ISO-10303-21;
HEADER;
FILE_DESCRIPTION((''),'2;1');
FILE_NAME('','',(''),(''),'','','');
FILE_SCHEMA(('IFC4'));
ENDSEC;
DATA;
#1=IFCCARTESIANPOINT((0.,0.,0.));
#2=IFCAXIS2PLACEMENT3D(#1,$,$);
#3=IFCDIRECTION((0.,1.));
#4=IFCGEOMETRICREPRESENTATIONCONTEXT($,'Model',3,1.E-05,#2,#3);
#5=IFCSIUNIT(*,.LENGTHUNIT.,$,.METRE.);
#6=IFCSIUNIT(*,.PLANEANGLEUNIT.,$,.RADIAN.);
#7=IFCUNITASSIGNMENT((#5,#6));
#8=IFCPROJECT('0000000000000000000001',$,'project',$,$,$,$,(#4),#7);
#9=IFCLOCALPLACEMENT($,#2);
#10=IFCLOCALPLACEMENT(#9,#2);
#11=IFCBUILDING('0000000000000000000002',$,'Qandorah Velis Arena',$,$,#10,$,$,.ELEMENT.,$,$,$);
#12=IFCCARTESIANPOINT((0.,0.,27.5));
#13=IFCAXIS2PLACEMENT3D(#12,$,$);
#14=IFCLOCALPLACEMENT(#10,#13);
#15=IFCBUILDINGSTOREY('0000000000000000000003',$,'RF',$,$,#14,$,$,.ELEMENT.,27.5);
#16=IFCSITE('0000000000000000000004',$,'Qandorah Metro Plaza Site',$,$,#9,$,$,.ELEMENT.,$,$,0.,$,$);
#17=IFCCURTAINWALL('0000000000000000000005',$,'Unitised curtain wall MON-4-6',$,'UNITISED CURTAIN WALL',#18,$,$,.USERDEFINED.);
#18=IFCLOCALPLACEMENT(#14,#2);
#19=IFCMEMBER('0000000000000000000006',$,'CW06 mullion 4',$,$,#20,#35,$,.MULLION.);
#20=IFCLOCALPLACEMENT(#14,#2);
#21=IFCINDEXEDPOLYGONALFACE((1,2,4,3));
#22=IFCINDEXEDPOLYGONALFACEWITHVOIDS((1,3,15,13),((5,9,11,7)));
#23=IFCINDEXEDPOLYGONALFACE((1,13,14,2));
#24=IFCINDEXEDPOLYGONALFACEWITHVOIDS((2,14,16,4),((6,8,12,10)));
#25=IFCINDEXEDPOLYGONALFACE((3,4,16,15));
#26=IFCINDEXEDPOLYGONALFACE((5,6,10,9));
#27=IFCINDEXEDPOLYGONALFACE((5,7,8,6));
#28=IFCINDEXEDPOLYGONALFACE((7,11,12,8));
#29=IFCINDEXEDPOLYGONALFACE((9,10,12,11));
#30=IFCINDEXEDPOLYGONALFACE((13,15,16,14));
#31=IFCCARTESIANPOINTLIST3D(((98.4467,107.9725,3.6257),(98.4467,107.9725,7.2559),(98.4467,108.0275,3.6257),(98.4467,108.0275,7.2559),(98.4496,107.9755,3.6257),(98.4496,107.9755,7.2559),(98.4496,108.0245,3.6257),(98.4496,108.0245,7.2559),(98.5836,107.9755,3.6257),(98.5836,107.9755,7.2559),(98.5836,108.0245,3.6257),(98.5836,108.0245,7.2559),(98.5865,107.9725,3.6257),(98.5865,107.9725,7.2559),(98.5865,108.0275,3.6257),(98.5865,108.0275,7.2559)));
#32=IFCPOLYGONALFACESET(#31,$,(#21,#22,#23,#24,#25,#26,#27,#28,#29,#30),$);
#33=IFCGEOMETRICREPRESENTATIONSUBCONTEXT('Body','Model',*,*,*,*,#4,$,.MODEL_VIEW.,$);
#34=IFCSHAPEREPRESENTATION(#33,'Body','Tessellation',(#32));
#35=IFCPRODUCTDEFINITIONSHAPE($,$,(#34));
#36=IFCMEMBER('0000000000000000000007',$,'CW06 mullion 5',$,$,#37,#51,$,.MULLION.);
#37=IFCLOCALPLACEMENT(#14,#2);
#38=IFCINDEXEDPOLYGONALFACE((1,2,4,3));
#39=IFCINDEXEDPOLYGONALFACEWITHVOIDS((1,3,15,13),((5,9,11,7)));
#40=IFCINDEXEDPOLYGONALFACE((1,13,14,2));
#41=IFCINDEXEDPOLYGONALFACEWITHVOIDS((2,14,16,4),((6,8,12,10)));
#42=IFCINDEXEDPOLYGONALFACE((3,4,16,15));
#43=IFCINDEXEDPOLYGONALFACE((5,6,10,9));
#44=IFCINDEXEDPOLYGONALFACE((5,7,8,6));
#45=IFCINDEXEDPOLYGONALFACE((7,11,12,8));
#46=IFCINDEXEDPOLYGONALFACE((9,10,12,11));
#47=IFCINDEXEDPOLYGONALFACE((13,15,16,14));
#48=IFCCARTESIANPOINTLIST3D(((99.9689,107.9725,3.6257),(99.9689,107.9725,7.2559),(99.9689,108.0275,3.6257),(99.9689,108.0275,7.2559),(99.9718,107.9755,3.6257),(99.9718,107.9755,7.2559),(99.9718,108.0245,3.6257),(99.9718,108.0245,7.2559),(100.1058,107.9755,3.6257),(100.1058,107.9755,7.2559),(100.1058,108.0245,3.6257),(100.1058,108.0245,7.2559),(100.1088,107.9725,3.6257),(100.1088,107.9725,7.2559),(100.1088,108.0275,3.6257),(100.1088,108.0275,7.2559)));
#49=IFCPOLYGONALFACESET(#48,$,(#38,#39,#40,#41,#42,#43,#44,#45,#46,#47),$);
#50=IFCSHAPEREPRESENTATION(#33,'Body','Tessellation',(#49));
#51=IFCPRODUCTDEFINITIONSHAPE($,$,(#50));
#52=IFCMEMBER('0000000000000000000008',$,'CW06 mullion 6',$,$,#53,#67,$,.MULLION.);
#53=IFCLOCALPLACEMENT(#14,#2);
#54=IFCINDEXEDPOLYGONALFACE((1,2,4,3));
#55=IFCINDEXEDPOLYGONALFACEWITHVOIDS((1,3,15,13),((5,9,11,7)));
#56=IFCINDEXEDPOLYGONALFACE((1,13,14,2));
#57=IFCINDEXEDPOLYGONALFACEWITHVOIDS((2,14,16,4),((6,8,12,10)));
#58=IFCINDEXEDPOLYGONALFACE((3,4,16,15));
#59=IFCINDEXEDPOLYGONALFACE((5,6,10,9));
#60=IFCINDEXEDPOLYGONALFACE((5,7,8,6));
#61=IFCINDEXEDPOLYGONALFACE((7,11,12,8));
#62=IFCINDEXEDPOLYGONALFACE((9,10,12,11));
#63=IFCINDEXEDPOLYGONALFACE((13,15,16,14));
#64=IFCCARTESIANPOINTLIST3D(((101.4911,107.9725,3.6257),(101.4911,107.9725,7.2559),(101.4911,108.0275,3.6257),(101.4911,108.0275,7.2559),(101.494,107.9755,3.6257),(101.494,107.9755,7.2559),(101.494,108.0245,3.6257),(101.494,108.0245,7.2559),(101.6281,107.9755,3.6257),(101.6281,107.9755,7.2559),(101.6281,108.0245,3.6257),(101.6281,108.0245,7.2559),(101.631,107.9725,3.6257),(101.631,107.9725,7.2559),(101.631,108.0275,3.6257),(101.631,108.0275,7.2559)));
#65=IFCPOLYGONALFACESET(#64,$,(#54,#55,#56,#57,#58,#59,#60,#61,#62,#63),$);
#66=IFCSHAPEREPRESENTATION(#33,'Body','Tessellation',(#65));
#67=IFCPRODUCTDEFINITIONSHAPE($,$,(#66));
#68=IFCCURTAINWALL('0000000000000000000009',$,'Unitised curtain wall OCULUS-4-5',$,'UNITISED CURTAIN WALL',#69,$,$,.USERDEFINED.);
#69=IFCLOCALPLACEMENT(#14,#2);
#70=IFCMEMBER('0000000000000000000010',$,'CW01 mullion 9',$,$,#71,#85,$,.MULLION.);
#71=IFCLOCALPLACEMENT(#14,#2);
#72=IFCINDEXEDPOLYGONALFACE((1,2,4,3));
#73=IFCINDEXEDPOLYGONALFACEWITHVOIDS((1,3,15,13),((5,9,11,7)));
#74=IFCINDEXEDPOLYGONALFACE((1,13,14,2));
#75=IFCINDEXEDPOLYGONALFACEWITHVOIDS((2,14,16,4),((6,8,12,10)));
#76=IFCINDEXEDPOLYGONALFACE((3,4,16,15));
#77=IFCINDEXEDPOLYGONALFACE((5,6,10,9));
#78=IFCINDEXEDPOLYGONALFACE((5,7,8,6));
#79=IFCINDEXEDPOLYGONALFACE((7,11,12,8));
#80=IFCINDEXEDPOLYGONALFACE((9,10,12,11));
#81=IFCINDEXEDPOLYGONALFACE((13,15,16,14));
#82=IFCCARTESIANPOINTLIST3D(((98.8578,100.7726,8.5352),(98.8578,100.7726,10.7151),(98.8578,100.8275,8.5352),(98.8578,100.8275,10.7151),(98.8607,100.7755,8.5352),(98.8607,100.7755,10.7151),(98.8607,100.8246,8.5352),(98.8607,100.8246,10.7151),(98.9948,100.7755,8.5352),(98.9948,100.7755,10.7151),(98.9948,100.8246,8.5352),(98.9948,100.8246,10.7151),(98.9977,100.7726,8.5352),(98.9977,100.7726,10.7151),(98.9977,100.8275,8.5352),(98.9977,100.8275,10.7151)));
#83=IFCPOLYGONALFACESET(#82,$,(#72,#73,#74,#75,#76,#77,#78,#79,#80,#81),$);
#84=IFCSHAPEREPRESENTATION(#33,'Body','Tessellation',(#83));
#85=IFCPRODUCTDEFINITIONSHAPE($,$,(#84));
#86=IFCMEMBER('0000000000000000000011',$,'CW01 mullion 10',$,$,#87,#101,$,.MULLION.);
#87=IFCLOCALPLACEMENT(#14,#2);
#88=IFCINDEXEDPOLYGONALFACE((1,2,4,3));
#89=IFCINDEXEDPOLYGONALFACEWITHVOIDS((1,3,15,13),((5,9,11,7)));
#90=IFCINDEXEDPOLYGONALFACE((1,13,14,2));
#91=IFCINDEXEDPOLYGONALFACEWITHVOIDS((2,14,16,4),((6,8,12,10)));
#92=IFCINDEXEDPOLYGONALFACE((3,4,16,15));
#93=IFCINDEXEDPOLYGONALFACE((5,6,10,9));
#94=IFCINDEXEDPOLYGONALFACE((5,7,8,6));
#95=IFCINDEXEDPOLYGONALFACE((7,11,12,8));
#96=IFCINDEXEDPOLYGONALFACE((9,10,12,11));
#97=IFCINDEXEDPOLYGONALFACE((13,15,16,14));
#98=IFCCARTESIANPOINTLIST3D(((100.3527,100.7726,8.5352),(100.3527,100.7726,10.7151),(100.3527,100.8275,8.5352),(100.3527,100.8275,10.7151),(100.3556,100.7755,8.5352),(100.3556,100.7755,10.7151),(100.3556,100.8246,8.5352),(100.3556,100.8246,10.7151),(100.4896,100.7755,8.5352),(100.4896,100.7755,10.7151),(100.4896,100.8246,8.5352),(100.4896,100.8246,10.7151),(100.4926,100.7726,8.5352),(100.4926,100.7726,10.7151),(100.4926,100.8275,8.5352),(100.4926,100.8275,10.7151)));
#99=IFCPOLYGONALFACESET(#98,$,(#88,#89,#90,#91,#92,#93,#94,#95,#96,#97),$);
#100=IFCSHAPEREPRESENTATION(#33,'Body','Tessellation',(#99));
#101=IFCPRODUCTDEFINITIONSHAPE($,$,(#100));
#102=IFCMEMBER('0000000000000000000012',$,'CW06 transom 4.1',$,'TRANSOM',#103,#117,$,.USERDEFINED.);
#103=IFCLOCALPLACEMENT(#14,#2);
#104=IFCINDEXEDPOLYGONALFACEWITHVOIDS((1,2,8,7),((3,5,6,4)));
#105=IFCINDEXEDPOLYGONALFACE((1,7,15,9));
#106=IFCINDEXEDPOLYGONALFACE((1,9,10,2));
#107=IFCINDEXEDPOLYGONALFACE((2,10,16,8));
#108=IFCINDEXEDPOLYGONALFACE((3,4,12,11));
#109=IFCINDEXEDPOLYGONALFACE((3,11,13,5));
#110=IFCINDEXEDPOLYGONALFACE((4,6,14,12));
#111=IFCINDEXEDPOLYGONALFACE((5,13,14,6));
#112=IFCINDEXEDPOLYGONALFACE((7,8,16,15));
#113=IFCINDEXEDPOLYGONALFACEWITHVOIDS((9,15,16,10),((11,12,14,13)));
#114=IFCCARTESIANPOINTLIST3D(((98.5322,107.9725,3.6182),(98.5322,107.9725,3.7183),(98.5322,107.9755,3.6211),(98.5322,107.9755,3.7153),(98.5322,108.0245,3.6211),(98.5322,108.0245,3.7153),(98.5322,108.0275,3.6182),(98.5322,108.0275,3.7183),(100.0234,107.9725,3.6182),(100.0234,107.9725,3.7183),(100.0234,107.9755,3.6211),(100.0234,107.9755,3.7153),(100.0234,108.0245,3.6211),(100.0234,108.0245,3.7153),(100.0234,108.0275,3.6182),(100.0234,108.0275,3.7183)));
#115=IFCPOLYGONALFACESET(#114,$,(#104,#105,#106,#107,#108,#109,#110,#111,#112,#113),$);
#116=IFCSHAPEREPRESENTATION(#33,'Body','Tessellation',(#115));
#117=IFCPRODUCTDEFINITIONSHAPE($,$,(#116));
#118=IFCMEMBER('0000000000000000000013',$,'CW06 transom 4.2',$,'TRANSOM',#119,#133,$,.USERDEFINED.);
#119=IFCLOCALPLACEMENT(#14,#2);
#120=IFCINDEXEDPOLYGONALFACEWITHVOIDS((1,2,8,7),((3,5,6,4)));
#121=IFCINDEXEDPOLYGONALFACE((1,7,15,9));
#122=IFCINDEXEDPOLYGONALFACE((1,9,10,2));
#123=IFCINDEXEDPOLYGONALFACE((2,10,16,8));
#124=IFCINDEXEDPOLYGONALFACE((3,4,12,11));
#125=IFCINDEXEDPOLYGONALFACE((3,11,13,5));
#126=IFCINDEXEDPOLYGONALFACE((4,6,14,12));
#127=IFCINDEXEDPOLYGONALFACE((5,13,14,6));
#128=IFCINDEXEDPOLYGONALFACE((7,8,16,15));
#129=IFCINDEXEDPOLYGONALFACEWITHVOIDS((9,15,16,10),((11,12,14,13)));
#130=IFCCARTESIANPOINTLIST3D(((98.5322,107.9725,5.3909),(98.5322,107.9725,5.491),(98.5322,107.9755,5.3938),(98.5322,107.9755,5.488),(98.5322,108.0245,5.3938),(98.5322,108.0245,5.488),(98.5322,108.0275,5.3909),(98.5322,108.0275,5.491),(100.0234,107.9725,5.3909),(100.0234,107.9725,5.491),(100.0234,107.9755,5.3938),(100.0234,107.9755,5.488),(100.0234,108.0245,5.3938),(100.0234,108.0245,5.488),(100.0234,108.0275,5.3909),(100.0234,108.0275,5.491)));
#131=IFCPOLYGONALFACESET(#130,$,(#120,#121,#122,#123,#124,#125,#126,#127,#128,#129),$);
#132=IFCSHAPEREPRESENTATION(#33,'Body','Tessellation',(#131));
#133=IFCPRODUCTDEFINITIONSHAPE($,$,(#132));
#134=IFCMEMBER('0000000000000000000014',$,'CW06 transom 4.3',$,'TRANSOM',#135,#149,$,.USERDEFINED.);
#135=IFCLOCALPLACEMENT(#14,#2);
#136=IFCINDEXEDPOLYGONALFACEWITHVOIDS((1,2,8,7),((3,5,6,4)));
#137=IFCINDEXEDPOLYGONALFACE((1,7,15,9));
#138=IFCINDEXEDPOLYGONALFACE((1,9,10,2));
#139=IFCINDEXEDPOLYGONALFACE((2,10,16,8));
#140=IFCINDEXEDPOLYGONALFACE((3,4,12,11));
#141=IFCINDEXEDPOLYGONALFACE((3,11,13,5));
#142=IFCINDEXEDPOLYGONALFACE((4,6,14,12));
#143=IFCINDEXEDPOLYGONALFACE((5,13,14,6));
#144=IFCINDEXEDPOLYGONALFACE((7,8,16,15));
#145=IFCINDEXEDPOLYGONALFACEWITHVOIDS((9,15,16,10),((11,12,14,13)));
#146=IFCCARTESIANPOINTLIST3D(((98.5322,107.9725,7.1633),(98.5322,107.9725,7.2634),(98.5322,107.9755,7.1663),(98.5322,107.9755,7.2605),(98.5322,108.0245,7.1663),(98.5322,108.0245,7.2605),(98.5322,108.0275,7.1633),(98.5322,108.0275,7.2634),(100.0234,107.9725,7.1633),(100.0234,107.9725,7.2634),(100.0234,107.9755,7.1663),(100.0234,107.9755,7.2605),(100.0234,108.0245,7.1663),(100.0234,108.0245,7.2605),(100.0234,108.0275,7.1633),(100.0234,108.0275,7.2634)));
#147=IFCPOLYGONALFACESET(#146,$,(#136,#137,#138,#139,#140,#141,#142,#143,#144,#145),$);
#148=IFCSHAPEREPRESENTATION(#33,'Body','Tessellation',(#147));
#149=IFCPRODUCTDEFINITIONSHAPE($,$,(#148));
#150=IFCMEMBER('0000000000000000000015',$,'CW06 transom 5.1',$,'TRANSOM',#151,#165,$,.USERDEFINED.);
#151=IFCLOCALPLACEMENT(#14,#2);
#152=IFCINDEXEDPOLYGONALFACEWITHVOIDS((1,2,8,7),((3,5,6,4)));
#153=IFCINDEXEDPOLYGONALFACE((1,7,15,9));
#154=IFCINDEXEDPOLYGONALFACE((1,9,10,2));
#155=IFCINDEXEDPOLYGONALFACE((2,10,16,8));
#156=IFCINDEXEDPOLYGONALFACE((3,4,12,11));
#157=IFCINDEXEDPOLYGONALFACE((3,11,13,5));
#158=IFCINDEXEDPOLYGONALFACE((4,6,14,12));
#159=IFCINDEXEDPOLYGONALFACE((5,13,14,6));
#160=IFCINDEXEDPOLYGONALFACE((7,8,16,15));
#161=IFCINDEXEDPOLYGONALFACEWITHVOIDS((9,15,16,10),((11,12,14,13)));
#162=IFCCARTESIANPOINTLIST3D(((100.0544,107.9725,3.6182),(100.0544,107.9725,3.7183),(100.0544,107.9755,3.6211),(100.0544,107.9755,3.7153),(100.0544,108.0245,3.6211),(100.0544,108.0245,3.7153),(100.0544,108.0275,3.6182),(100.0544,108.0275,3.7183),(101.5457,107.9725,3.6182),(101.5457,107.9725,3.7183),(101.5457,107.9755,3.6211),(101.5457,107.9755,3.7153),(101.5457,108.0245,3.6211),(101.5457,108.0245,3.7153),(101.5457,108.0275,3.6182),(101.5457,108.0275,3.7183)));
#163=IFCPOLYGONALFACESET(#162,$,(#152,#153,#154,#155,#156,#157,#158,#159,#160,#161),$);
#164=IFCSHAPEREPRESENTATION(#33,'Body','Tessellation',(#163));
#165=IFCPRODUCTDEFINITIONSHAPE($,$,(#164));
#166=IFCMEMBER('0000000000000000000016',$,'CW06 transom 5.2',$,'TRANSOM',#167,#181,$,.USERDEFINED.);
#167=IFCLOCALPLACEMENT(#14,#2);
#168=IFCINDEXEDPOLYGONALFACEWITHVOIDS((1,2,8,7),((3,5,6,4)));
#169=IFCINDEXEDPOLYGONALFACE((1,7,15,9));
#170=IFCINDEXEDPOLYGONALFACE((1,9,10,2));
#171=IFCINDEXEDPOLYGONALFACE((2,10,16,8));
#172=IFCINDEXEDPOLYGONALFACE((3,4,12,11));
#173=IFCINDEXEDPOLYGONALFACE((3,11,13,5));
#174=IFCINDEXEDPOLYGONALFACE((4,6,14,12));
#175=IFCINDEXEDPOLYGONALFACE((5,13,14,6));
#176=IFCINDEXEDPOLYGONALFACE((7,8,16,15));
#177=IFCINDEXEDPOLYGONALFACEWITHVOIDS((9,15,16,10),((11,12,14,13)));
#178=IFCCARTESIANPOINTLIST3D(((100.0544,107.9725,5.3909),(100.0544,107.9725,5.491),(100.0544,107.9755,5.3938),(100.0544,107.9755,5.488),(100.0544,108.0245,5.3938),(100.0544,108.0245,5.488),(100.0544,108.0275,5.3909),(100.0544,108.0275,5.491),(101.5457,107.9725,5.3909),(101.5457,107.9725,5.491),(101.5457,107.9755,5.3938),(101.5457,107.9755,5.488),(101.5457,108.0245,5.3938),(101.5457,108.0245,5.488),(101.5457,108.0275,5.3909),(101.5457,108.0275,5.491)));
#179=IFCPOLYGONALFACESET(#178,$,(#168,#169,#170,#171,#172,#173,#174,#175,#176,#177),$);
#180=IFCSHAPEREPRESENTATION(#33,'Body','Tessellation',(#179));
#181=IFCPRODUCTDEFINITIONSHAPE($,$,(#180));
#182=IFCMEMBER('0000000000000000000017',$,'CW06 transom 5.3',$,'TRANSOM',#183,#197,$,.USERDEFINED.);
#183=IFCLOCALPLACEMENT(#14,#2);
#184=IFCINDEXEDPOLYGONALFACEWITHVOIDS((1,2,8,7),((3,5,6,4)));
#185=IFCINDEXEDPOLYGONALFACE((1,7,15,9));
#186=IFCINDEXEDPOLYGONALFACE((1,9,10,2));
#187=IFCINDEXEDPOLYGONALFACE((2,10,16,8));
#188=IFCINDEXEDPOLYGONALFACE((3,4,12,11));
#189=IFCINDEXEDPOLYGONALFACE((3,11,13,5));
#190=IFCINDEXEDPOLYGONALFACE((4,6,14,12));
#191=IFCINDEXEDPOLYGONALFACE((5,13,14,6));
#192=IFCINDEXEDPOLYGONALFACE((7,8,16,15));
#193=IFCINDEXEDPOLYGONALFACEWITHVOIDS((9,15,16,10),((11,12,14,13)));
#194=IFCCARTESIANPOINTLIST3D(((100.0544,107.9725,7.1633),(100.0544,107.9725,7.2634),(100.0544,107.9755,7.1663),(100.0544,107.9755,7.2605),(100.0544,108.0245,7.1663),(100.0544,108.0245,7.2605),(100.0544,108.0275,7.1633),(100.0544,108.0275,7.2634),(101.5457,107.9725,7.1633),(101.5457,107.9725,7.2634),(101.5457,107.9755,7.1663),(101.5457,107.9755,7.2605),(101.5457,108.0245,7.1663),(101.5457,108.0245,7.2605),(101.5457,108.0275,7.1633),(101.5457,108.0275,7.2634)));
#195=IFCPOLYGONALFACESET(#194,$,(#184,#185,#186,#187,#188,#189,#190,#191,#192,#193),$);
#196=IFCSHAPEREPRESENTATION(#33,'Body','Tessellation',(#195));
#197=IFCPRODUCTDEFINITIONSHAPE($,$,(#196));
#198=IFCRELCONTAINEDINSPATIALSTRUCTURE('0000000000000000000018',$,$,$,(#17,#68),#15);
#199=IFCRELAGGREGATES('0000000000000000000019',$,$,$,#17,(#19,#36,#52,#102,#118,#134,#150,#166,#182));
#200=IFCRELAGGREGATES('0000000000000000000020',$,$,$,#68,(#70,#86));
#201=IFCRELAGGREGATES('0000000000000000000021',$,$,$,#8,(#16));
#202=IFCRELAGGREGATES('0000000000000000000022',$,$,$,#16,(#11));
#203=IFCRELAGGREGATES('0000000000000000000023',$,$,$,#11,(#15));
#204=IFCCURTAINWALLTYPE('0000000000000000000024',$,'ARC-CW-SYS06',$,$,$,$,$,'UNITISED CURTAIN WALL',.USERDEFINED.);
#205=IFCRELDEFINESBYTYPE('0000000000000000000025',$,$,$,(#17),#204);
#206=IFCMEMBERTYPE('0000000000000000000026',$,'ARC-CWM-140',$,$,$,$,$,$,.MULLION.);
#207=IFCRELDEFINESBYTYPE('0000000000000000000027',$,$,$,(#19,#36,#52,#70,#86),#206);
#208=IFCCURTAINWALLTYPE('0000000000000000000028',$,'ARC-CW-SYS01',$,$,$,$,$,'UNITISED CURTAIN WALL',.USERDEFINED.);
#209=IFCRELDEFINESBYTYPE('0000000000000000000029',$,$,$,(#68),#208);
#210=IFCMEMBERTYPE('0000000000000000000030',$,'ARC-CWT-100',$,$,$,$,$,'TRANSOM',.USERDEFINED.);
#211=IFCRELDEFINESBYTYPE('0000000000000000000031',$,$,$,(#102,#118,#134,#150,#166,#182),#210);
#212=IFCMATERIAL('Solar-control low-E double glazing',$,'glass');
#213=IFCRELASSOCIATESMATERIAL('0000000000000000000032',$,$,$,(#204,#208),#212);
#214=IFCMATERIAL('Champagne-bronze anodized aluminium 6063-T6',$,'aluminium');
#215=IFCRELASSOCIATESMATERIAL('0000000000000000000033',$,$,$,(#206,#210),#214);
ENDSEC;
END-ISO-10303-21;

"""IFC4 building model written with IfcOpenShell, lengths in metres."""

from ifc_helpers import new_model, si_unit, direction, frame, origin, origin_2d, place, context, subcontext, project, spatial, hollow_rectangle, extrude, material, material_profile, profile_set, type_object, element, aggregate, save


model = new_model("IFC4")

# Units and contexts
model_context = context("Model", 3, precision=1e-05, world=origin(), true_north=direction((0.0, 1.0)))
body_context = subcontext(model_context, "Body", "Model", "MODEL_VIEW")
ifc_project = project(units=[si_unit("LENGTHUNIT", "METRE"), si_unit("PLANEANGLEUNIT", "RADIAN")], contexts=[model_context])

# Site, building, storey
site_placement = place(None, origin())
site = spatial("IfcSite", under=ifc_project, at=site_placement, Name="Qandorah Metro Plaza Site", CompositionType="ELEMENT", RefElevation=0.0)
building_placement = place(site_placement, origin())
building = spatial("IfcBuilding", under=site, at=building_placement, Name="Qandorah Velis Arena", CompositionType="ELEMENT")
storey_placement = place(building_placement, frame((0.0, 0.0, 27.5)))
storey = spatial("IfcBuildingStorey", under=building, at=storey_placement, Name="RF", CompositionType="ELEMENT", Elevation=27.5)

# Curtain walls, members
ifc_material_1 = material(Name="Solar-control low-E double glazing", Category="glass")
curtain_wall_type_1 = type_object("IfcCurtainWallType", Name="ARC-CW-SYS06", ElementType="UNITISED CURTAIN WALL", PredefinedType="USERDEFINED", material=ifc_material_1)
curtain_wall_1_placement = place(storey_placement, origin())
curtain_wall_1 = element("IfcCurtainWall", 1, at=curtain_wall_1_placement, inside=storey, type_object=curtain_wall_type_1, Name="Unitised curtain wall MON-4-6", ObjectType="UNITISED CURTAIN WALL", PredefinedType="USERDEFINED")
ifc_material_2 = material(Name="Champagne-bronze anodized aluminium 6063-T6", Category="aluminium")
ifc_material_profile_1 = material_profile(ifc_material_2, hollow_rectangle(XDim=0.0549, YDim=0.1399, WallThickness=0.0029, at=origin_2d()), Name="ALU MULLION 55x140")
ifc_profile_set_1 = profile_set([ifc_material_profile_1], Name="Champagne-bronze anodized aluminium 6063-T6")
member_type_1 = type_object("IfcMemberType", Name="ARC-CWM-140", PredefinedType="MULLION", material=ifc_profile_set_1)
member_1_placement = place(storey_placement, frame((98.5166, 108.0, 3.6257), z_axis=(0.0, 0.0, 1.0), x_axis=(0.0, 1.0, 0.0)))
member_1 = element("IfcMember", 2, at=member_1_placement, type_object=member_type_1, Name="CW06 mullion 4", PredefinedType="MULLION", context=body_context, shape_type="SweptSolid", body=[
    extrude(hollow_rectangle(XDim=0.0549, YDim=0.1399, WallThickness=0.0029, at=origin_2d()), origin(), (0.0, 0.0, 1.0), 3.6301),
])
member_2_placement = place(storey_placement, frame((100.0388, 108.0, 3.6257), z_axis=(0.0, 0.0, 1.0), x_axis=(0.0, 1.0, 0.0)))
member_2 = element("IfcMember", 3, at=member_2_placement, type_object=member_type_1, Name="CW06 mullion 5", PredefinedType="MULLION", context=body_context, shape_type="SweptSolid", body=[
    extrude(hollow_rectangle(XDim=0.0549, YDim=0.1399, WallThickness=0.0029, at=origin_2d()), origin(), (0.0, 0.0, 1.0), 3.6301),
])
member_3_placement = place(storey_placement, frame((101.561, 108.0, 3.6257), z_axis=(0.0, 0.0, 1.0), x_axis=(0.0, 1.0, 0.0)))
member_3 = element("IfcMember", 4, at=member_3_placement, type_object=member_type_1, Name="CW06 mullion 6", PredefinedType="MULLION", context=body_context, shape_type="SweptSolid", body=[
    extrude(hollow_rectangle(XDim=0.0549, YDim=0.1399, WallThickness=0.0029, at=origin_2d()), origin(), (0.0, 0.0, 1.0), 3.6301),
])
curtain_wall_type_2 = type_object("IfcCurtainWallType", Name="ARC-CW-SYS01", ElementType="UNITISED CURTAIN WALL", PredefinedType="USERDEFINED", material=ifc_material_1)
curtain_wall_2_placement = place(storey_placement, origin())
curtain_wall_2 = element("IfcCurtainWall", 5, at=curtain_wall_2_placement, inside=storey, type_object=curtain_wall_type_2, Name="Unitised curtain wall OCULUS-4-5", ObjectType="UNITISED CURTAIN WALL", PredefinedType="USERDEFINED")
member_4_placement = place(storey_placement, frame((98.9277, 100.8, 8.5352), z_axis=(0.0, 0.0, 1.0), x_axis=(0.0, 1.0, 0.0)))
member_4 = element("IfcMember", 6, at=member_4_placement, type_object=member_type_1, Name="CW01 mullion 9", PredefinedType="MULLION", context=body_context, shape_type="SweptSolid", body=[
    extrude(hollow_rectangle(XDim=0.0549, YDim=0.1399, WallThickness=0.0029, at=origin_2d()), origin(), (0.0, 0.0, 1.0), 2.1799),
])
member_5_placement = place(storey_placement, frame((100.4226, 100.8, 8.5352), z_axis=(0.0, 0.0, 1.0), x_axis=(0.0, 1.0, 0.0)))
member_5 = element("IfcMember", 7, at=member_5_placement, type_object=member_type_1, Name="CW01 mullion 10", PredefinedType="MULLION", context=body_context, shape_type="SweptSolid", body=[
    extrude(hollow_rectangle(XDim=0.0549, YDim=0.1399, WallThickness=0.0029, at=origin_2d()), origin(), (0.0, 0.0, 1.0), 2.1799),
])

# Members
ifc_material_profile_2 = material_profile(ifc_material_2, hollow_rectangle(XDim=0.0549, YDim=0.1001, WallThickness=0.0029, at=origin_2d()), Name="ALU TRANSOM 55x100")
ifc_profile_set_2 = profile_set([ifc_material_profile_2], Name="Champagne-bronze anodized aluminium 6063-T6")
member_type_2 = type_object("IfcMemberType", Name="ARC-CWT-100", ElementType="TRANSOM", PredefinedType="USERDEFINED", material=ifc_profile_set_2)
member_6_placement = place(storey_placement, frame((98.5322, 108.0, 3.6682), z_axis=(1.0, 0.0, 0.0), x_axis=(0.0, 1.0, 0.0)))
member_6 = element("IfcMember", 8, at=member_6_placement, type_object=member_type_2, Name="CW06 transom 4.1", ObjectType="TRANSOM", PredefinedType="USERDEFINED", context=body_context, shape_type="SweptSolid", body=[
    extrude(hollow_rectangle(XDim=0.0549, YDim=0.1001, WallThickness=0.0029, at=origin_2d()), origin(), (0.0, 0.0, 1.0), 1.4912),
])
member_7_placement = place(storey_placement, frame((98.5322, 108.0, 5.4409), z_axis=(1.0, 0.0, 0.0), x_axis=(0.0, 1.0, 0.0)))
member_7 = element("IfcMember", 9, at=member_7_placement, type_object=member_type_2, Name="CW06 transom 4.2", ObjectType="TRANSOM", PredefinedType="USERDEFINED", context=body_context, shape_type="SweptSolid", body=[
    extrude(hollow_rectangle(XDim=0.0549, YDim=0.1001, WallThickness=0.0029, at=origin_2d()), origin(), (0.0, 0.0, 1.0), 1.4912),
])
member_8_placement = place(storey_placement, frame((98.5322, 108.0, 7.2134), z_axis=(1.0, 0.0, 0.0), x_axis=(0.0, 1.0, 0.0)))
member_8 = element("IfcMember", 10, at=member_8_placement, type_object=member_type_2, Name="CW06 transom 4.3", ObjectType="TRANSOM", PredefinedType="USERDEFINED", context=body_context, shape_type="SweptSolid", body=[
    extrude(hollow_rectangle(XDim=0.0549, YDim=0.1001, WallThickness=0.0029, at=origin_2d()), origin(), (0.0, 0.0, 1.0), 1.4912),
])
member_9_placement = place(storey_placement, frame((100.0544, 108.0, 3.6682), z_axis=(1.0, 0.0, 0.0), x_axis=(0.0, 1.0, 0.0)))
member_9 = element("IfcMember", 11, at=member_9_placement, type_object=member_type_2, Name="CW06 transom 5.1", ObjectType="TRANSOM", PredefinedType="USERDEFINED", context=body_context, shape_type="SweptSolid", body=[
    extrude(hollow_rectangle(XDim=0.0549, YDim=0.1001, WallThickness=0.0029, at=origin_2d()), origin(), (0.0, 0.0, 1.0), 1.4912),
])
member_10_placement = place(storey_placement, frame((100.0544, 108.0, 5.4409), z_axis=(1.0, 0.0, 0.0), x_axis=(0.0, 1.0, 0.0)))
member_10 = element("IfcMember", 12, at=member_10_placement, type_object=member_type_2, Name="CW06 transom 5.2", ObjectType="TRANSOM", PredefinedType="USERDEFINED", context=body_context, shape_type="SweptSolid", body=[
    extrude(hollow_rectangle(XDim=0.0549, YDim=0.1001, WallThickness=0.0029, at=origin_2d()), origin(), (0.0, 0.0, 1.0), 1.4912),
])
member_11_placement = place(storey_placement, frame((100.0544, 108.0, 7.2134), z_axis=(1.0, 0.0, 0.0), x_axis=(0.0, 1.0, 0.0)))
member_11 = element("IfcMember", 13, at=member_11_placement, type_object=member_type_2, Name="CW06 transom 5.3", ObjectType="TRANSOM", PredefinedType="USERDEFINED", context=body_context, shape_type="SweptSolid", body=[
    extrude(hollow_rectangle(XDim=0.0549, YDim=0.1001, WallThickness=0.0029, at=origin_2d()), origin(), (0.0, 0.0, 1.0), 1.4912),
])

aggregate(curtain_wall_1, [member_1, member_2, member_3, member_6, member_7, member_8, member_9, member_10, member_11])
aggregate(curtain_wall_2, [member_4, member_5])

save(model, "model.ifc")
